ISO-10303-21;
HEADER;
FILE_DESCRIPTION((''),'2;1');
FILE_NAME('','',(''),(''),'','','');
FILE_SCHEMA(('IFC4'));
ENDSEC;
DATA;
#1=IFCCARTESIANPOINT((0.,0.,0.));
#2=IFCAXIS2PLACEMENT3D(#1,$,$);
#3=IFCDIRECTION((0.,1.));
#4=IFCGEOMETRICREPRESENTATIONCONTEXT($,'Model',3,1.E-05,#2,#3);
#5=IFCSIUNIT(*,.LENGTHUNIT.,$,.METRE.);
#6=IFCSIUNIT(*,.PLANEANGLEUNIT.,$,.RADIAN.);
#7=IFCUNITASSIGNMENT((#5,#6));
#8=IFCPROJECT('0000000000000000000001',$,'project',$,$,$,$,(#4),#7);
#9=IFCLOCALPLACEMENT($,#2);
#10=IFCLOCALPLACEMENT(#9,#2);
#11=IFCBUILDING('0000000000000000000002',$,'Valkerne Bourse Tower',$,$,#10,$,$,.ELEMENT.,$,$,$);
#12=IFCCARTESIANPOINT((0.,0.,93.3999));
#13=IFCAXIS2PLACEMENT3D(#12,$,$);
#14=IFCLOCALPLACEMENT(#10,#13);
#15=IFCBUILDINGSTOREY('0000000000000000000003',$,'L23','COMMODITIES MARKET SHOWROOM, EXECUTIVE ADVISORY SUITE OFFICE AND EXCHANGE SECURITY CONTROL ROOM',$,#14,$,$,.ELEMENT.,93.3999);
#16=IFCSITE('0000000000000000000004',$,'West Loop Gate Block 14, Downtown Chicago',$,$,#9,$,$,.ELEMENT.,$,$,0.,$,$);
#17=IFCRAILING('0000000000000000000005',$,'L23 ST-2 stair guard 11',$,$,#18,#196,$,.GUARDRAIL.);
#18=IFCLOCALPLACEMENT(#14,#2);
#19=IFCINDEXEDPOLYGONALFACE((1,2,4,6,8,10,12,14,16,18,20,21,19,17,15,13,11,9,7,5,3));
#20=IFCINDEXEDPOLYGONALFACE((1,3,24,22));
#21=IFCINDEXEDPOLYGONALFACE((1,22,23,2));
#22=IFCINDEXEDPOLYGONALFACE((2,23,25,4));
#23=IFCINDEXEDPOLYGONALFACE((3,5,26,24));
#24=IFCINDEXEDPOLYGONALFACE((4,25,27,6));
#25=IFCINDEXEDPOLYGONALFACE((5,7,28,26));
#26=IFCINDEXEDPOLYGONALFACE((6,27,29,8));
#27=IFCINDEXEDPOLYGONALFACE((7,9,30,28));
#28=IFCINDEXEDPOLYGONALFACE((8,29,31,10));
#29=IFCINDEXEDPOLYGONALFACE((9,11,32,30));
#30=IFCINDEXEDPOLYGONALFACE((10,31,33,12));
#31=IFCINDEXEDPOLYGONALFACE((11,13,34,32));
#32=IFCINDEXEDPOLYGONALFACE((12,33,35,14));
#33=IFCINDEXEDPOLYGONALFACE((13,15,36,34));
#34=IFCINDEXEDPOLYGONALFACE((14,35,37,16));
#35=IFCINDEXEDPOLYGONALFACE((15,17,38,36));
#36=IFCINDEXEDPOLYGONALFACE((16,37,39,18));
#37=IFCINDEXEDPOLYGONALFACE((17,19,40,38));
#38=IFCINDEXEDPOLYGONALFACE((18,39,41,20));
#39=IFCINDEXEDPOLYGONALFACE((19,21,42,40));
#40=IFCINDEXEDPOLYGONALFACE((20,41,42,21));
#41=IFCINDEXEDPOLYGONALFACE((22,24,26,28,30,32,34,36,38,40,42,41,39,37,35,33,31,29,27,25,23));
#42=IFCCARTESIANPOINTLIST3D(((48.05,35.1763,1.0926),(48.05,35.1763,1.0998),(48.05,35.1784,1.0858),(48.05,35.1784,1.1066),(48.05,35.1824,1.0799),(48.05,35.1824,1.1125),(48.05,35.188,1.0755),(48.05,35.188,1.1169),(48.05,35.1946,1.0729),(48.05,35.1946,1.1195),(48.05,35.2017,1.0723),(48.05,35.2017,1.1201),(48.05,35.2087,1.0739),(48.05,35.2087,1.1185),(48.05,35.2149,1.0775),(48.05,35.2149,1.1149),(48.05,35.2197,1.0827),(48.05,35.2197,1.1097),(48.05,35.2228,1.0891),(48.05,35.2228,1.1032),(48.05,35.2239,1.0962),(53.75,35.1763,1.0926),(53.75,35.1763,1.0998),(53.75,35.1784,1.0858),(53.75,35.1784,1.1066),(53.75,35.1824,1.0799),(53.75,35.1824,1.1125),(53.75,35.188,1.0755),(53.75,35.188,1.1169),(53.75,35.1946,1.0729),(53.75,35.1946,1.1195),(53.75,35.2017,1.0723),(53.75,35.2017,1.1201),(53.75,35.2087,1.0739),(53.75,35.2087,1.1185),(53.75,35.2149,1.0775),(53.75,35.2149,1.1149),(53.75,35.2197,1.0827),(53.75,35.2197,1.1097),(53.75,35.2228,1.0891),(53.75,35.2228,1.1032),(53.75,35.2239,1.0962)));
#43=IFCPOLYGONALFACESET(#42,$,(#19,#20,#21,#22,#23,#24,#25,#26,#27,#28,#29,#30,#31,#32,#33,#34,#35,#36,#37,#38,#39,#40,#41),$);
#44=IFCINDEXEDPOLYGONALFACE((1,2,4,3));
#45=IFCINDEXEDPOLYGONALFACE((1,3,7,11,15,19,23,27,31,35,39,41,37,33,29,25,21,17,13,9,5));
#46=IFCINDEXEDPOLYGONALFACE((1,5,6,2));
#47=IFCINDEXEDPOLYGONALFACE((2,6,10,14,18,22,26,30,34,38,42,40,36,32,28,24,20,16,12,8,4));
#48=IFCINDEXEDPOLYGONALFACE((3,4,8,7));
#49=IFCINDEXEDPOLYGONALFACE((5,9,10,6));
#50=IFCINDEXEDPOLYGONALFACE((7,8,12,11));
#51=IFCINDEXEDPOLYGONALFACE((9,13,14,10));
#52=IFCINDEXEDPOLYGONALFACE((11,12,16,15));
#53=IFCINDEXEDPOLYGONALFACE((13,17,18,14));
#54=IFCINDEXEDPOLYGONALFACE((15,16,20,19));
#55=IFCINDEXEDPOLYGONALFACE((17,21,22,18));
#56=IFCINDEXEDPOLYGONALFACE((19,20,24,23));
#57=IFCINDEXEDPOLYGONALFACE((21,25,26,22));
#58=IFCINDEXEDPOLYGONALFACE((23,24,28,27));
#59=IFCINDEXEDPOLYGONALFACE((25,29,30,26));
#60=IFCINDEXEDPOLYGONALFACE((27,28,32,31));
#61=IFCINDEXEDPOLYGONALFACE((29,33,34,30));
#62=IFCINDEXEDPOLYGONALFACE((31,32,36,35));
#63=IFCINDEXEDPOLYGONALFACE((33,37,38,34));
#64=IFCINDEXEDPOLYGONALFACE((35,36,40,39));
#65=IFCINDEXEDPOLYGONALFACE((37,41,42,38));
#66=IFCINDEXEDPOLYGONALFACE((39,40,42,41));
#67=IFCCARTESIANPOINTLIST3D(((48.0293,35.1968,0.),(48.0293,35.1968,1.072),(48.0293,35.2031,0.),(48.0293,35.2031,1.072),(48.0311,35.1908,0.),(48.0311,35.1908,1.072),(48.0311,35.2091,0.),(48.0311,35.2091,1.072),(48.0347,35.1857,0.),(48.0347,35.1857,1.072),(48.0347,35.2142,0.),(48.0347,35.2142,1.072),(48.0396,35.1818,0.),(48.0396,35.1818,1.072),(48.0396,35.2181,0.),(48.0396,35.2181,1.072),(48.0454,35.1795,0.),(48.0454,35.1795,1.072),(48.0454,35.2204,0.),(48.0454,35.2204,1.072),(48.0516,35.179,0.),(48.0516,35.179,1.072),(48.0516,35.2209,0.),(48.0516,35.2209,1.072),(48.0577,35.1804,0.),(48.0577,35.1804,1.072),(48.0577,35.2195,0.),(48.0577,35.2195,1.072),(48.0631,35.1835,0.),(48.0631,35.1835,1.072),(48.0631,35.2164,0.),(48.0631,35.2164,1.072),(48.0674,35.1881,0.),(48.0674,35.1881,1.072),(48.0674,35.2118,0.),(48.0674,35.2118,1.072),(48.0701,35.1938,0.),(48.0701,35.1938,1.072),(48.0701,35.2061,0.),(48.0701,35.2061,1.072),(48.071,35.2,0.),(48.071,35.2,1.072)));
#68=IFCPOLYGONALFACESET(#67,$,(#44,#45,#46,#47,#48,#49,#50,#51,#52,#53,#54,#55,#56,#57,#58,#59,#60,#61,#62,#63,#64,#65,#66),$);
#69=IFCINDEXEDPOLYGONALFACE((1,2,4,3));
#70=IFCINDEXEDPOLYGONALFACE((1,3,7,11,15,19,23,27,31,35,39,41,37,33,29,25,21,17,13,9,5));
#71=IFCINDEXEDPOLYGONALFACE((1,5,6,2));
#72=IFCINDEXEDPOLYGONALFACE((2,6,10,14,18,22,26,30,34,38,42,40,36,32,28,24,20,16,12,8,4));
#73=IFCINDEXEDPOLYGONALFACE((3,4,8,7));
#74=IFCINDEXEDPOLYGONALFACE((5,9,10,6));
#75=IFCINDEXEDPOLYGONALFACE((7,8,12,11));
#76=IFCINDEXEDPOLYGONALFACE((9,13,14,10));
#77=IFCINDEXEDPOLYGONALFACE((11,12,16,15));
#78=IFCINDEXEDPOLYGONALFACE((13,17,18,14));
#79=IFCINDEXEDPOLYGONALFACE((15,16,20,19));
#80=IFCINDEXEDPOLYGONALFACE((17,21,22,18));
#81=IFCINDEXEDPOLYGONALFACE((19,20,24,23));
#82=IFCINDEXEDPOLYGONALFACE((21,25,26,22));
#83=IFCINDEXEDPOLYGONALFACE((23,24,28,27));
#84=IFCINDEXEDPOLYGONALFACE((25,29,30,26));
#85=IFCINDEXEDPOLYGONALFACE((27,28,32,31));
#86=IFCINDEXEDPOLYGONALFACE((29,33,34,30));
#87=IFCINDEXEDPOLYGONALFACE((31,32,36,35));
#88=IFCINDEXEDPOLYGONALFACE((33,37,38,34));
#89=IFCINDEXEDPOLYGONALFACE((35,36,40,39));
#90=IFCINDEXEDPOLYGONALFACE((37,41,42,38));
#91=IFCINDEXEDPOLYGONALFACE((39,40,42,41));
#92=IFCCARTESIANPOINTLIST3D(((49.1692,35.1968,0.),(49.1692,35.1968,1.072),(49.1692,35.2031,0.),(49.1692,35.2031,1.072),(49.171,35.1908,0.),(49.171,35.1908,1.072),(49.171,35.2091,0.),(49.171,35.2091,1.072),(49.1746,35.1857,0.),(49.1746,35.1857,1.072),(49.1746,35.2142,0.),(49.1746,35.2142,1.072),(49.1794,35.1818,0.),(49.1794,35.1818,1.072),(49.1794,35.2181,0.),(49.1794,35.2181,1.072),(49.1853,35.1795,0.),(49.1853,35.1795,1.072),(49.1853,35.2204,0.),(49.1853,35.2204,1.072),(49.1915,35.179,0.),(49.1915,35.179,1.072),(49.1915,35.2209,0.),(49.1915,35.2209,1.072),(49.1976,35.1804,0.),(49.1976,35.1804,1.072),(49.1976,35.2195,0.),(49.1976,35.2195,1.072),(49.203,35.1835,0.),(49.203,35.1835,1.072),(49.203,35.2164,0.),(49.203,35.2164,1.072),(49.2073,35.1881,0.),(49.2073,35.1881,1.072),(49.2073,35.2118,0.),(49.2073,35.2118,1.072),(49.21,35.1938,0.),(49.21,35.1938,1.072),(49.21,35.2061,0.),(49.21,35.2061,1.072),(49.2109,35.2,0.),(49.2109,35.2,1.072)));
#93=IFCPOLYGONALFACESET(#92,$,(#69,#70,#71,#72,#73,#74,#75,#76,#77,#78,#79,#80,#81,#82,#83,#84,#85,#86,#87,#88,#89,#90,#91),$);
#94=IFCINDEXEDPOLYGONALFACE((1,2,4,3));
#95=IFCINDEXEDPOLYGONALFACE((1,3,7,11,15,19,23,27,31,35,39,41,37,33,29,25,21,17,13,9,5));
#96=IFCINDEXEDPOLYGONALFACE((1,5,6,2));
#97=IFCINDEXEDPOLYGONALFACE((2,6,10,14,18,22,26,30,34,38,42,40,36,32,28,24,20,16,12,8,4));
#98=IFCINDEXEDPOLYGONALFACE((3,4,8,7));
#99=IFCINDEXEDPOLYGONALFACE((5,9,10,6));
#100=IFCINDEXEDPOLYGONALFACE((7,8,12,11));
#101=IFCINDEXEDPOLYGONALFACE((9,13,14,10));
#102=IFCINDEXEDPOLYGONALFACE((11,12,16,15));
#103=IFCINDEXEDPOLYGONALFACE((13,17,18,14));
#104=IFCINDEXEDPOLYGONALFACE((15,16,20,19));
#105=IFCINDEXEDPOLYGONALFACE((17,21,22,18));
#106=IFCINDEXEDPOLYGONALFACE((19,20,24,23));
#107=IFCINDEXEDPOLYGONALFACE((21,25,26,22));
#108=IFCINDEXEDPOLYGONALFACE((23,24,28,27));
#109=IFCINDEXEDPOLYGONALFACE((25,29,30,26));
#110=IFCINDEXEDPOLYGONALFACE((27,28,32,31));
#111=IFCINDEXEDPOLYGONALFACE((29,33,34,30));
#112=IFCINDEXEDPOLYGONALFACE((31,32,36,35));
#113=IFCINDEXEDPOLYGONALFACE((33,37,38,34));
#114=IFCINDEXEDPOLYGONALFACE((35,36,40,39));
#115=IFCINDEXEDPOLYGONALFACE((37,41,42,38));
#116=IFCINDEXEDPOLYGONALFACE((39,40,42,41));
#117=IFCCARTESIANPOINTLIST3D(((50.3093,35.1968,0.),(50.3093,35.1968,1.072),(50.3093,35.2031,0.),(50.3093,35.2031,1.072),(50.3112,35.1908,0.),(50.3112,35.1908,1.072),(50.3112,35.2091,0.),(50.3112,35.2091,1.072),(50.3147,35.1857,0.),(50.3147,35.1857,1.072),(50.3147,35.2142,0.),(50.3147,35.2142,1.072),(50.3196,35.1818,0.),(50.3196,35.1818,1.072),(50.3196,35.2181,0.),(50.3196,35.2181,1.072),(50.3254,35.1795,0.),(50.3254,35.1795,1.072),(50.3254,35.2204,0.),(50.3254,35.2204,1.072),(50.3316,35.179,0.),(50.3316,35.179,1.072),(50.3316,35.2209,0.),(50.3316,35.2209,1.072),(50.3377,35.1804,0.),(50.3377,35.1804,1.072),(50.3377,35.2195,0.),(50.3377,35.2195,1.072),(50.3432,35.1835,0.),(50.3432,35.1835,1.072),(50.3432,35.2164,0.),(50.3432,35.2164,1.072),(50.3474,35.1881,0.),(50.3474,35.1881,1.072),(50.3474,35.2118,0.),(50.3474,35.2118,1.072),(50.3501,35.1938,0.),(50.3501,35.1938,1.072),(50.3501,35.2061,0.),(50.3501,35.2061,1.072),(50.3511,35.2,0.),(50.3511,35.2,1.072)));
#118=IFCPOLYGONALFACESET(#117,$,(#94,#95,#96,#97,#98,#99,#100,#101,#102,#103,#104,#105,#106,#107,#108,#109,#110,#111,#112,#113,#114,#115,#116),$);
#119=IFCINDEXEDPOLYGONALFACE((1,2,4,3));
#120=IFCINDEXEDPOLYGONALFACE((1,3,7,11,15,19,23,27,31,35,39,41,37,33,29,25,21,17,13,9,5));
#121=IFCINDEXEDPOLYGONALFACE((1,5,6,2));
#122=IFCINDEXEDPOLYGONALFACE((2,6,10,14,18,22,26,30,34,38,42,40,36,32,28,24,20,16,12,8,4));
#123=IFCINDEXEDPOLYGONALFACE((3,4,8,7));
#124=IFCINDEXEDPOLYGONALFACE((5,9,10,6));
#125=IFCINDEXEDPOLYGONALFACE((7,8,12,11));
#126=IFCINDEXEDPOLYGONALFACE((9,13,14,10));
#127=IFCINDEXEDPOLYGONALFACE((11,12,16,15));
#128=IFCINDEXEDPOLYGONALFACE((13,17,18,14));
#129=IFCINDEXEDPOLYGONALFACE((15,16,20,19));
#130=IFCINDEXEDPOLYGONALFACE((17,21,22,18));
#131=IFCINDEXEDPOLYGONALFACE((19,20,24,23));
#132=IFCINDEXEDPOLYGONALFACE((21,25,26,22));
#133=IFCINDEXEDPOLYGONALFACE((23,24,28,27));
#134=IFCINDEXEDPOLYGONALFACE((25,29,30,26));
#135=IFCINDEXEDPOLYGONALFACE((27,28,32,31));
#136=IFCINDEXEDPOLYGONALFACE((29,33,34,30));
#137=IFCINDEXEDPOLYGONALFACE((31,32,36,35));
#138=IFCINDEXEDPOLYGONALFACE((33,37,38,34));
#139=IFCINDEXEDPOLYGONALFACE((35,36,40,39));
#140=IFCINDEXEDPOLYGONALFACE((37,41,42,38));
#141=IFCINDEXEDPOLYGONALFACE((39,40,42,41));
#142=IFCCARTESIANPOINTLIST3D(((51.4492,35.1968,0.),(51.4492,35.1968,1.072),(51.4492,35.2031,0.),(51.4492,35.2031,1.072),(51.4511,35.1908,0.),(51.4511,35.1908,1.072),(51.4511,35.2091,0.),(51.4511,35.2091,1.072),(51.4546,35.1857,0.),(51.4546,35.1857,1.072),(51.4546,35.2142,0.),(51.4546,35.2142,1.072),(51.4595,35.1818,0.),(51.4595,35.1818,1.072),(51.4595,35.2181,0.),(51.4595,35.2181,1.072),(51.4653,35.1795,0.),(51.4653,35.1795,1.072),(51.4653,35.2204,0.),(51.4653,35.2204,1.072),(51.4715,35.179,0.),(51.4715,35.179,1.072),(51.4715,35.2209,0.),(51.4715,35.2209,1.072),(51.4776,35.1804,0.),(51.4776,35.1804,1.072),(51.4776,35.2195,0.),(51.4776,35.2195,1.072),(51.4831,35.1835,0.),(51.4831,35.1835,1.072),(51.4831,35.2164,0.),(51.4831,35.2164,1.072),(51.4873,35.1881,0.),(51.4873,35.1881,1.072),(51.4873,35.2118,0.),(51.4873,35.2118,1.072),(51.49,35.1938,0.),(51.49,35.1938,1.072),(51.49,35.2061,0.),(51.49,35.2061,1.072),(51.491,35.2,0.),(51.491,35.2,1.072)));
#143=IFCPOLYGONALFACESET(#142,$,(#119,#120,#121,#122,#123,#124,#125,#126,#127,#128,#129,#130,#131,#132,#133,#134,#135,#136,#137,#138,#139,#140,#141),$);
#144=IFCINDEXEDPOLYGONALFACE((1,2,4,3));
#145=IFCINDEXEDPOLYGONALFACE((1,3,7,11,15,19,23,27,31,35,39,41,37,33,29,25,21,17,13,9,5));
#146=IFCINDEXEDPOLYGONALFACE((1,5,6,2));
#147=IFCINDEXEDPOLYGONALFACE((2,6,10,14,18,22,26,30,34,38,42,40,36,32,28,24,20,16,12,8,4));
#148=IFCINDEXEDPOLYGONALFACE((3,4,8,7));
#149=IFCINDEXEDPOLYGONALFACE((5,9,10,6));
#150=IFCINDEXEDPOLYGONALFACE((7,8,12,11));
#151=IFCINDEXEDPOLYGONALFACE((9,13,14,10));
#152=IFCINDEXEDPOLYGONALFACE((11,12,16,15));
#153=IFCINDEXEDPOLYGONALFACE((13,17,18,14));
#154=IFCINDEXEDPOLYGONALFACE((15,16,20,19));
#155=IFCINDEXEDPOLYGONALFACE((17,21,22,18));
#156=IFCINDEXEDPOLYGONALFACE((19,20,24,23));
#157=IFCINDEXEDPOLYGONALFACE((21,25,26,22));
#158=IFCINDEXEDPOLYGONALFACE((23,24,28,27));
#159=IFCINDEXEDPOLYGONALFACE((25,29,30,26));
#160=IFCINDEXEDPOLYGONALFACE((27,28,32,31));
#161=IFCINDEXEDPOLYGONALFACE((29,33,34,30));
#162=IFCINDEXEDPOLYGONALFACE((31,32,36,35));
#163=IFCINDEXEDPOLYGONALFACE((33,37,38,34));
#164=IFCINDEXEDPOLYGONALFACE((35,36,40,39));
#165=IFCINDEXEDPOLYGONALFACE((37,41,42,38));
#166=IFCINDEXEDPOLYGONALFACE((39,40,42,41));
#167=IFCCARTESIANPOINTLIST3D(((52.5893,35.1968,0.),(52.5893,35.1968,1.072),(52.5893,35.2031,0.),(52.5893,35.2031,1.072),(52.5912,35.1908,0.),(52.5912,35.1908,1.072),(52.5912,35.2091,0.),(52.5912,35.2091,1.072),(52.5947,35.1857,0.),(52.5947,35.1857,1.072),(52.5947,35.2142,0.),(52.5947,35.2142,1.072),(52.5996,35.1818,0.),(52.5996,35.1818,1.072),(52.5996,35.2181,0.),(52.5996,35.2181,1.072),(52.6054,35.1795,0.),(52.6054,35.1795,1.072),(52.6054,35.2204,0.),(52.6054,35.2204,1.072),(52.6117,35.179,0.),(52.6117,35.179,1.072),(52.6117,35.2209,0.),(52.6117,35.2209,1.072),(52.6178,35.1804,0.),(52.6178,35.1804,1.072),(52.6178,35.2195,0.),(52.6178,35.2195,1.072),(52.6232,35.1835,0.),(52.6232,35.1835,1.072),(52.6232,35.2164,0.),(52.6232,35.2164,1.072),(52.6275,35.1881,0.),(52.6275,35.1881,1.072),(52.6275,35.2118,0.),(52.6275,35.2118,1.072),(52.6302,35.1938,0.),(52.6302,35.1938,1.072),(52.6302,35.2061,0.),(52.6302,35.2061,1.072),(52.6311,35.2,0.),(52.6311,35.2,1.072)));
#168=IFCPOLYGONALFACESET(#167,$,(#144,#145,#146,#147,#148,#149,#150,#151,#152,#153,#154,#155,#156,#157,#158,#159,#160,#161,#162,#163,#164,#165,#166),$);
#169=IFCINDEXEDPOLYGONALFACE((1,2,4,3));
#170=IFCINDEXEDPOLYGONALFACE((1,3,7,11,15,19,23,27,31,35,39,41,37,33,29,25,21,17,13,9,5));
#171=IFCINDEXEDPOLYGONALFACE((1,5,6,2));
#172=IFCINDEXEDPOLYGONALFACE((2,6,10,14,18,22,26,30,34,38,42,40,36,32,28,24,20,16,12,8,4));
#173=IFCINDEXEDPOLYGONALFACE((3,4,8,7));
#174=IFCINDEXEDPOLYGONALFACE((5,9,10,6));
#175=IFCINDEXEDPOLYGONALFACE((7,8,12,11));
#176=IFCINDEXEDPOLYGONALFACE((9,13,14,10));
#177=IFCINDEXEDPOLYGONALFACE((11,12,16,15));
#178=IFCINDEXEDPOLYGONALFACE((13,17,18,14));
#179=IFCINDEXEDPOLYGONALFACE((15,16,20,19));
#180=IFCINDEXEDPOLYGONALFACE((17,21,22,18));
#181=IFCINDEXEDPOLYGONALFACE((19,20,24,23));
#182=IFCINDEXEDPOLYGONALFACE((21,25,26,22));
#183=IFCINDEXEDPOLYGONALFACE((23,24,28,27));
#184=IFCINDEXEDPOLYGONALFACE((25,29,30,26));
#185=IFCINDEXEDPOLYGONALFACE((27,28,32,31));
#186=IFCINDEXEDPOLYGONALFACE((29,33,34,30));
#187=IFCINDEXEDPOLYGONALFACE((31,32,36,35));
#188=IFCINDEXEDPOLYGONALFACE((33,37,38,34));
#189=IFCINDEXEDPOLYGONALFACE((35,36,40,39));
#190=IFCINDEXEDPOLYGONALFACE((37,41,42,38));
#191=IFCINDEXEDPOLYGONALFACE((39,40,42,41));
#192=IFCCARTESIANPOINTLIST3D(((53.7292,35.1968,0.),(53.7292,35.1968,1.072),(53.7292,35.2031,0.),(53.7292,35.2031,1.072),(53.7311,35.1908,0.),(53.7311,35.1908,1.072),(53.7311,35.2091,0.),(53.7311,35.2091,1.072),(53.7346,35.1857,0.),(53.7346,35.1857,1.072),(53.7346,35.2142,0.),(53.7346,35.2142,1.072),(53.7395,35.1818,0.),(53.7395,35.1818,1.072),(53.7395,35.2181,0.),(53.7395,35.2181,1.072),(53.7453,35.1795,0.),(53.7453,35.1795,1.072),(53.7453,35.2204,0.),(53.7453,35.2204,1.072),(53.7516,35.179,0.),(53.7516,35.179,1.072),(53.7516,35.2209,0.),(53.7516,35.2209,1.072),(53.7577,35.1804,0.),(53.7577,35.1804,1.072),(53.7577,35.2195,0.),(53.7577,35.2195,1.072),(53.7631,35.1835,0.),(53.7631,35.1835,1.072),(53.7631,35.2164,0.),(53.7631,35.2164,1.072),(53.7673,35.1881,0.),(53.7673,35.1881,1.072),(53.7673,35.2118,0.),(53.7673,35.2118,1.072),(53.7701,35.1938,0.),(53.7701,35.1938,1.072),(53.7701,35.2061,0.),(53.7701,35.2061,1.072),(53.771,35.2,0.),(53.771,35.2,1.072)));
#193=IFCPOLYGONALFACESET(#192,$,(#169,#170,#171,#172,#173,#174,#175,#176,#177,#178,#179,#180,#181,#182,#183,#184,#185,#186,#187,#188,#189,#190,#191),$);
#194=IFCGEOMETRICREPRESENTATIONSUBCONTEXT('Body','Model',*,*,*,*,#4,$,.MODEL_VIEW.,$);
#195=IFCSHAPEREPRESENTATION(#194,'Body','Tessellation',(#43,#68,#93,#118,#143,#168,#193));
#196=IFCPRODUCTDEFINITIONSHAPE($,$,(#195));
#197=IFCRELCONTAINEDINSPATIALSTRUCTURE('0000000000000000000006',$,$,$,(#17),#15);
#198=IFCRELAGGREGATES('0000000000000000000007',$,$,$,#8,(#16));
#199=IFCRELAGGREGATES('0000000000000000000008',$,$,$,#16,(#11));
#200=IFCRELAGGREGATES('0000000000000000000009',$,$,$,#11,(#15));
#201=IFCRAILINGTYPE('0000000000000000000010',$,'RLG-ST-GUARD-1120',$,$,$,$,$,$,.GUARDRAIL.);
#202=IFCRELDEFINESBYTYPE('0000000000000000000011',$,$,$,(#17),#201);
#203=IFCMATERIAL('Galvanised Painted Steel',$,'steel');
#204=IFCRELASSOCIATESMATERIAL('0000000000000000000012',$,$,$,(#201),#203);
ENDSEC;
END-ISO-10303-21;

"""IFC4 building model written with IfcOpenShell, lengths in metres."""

from ifc_helpers import new_model, si_unit, direction, frame, origin, origin_2d, place, context, subcontext, project, spatial, circle, extrude, material, type_object, element, save


model = new_model("IFC4")

# Units and contexts
model_context = context("Model", 3, precision=1e-05, world=origin(), true_north=direction((0.0, 1.0)))
body_context = subcontext(model_context, "Body", "Model", "MODEL_VIEW")
ifc_project = project(units=[si_unit("LENGTHUNIT", "METRE"), si_unit("PLANEANGLEUNIT", "RADIAN")], contexts=[model_context])

# Site, building, storey
site_placement = place(None, origin())
site = spatial("IfcSite", under=ifc_project, at=site_placement, Name="West Loop Gate Block 14, Downtown Chicago", CompositionType="ELEMENT", RefElevation=0.0)
building_placement = place(site_placement, origin())
building = spatial("IfcBuilding", under=site, at=building_placement, Name="Valkerne Bourse Tower", CompositionType="ELEMENT")
storey_placement = place(building_placement, frame((0.0, 0.0, 93.3999)))
storey = spatial("IfcBuildingStorey", under=building, at=storey_placement, Name="L23", Description="COMMODITIES MARKET SHOWROOM, EXECUTIVE ADVISORY SUITE OFFICE AND EXCHANGE SECURITY CONTROL ROOM", CompositionType="ELEMENT", Elevation=93.3999)

# Shared definitions
ifc_material_1 = material(Name="Galvanised Painted Steel", Category="steel")

# Railing
railing_type_1 = type_object("IfcRailingType", Name="RLG-ST-GUARD-1120", PredefinedType="GUARDRAIL", material=ifc_material_1)
for number, where, name in (
    (1, (48.05, 35.2, 0.0), "L23 ST-2 stair guard 11"),
):
    element("IfcRailing", number, at=place(storey_placement, frame(where)), inside=storey, type_object=railing_type_1, Name=name, PredefinedType="GUARDRAIL", context=body_context, shape_type="SweptSolid", body=[
        extrude(circle(Radius=0.0239, at=origin_2d()), frame((0.0, 0.0, 1.0962), z_axis=(1.0, 0.0, 0.0), x_axis=(0.0, 1.0, 0.0)), (0.0, 0.0, 1.0), 5.7),
        extrude(circle(Radius=0.021, at=origin_2d()), origin(), (0.0, 0.0, 1.0), 1.072),
        extrude(circle(Radius=0.021, at=origin_2d()), frame((1.1399, 0.0, 0.0)), (0.0, 0.0, 1.0), 1.072),
        extrude(circle(Radius=0.021, at=origin_2d()), frame((2.28, 0.0, 0.0)), (0.0, 0.0, 1.0), 1.072),
        extrude(circle(Radius=0.021, at=origin_2d()), frame((3.4199, 0.0, 0.0)), (0.0, 0.0, 1.0), 1.072),
        extrude(circle(Radius=0.021, at=origin_2d()), frame((4.5601, 0.0, 0.0)), (0.0, 0.0, 1.0), 1.072),
        extrude(circle(Radius=0.021, at=origin_2d()), frame((5.7, 0.0, 0.0)), (0.0, 0.0, 1.0), 1.072),
    ])

save(model, "model.ifc")
